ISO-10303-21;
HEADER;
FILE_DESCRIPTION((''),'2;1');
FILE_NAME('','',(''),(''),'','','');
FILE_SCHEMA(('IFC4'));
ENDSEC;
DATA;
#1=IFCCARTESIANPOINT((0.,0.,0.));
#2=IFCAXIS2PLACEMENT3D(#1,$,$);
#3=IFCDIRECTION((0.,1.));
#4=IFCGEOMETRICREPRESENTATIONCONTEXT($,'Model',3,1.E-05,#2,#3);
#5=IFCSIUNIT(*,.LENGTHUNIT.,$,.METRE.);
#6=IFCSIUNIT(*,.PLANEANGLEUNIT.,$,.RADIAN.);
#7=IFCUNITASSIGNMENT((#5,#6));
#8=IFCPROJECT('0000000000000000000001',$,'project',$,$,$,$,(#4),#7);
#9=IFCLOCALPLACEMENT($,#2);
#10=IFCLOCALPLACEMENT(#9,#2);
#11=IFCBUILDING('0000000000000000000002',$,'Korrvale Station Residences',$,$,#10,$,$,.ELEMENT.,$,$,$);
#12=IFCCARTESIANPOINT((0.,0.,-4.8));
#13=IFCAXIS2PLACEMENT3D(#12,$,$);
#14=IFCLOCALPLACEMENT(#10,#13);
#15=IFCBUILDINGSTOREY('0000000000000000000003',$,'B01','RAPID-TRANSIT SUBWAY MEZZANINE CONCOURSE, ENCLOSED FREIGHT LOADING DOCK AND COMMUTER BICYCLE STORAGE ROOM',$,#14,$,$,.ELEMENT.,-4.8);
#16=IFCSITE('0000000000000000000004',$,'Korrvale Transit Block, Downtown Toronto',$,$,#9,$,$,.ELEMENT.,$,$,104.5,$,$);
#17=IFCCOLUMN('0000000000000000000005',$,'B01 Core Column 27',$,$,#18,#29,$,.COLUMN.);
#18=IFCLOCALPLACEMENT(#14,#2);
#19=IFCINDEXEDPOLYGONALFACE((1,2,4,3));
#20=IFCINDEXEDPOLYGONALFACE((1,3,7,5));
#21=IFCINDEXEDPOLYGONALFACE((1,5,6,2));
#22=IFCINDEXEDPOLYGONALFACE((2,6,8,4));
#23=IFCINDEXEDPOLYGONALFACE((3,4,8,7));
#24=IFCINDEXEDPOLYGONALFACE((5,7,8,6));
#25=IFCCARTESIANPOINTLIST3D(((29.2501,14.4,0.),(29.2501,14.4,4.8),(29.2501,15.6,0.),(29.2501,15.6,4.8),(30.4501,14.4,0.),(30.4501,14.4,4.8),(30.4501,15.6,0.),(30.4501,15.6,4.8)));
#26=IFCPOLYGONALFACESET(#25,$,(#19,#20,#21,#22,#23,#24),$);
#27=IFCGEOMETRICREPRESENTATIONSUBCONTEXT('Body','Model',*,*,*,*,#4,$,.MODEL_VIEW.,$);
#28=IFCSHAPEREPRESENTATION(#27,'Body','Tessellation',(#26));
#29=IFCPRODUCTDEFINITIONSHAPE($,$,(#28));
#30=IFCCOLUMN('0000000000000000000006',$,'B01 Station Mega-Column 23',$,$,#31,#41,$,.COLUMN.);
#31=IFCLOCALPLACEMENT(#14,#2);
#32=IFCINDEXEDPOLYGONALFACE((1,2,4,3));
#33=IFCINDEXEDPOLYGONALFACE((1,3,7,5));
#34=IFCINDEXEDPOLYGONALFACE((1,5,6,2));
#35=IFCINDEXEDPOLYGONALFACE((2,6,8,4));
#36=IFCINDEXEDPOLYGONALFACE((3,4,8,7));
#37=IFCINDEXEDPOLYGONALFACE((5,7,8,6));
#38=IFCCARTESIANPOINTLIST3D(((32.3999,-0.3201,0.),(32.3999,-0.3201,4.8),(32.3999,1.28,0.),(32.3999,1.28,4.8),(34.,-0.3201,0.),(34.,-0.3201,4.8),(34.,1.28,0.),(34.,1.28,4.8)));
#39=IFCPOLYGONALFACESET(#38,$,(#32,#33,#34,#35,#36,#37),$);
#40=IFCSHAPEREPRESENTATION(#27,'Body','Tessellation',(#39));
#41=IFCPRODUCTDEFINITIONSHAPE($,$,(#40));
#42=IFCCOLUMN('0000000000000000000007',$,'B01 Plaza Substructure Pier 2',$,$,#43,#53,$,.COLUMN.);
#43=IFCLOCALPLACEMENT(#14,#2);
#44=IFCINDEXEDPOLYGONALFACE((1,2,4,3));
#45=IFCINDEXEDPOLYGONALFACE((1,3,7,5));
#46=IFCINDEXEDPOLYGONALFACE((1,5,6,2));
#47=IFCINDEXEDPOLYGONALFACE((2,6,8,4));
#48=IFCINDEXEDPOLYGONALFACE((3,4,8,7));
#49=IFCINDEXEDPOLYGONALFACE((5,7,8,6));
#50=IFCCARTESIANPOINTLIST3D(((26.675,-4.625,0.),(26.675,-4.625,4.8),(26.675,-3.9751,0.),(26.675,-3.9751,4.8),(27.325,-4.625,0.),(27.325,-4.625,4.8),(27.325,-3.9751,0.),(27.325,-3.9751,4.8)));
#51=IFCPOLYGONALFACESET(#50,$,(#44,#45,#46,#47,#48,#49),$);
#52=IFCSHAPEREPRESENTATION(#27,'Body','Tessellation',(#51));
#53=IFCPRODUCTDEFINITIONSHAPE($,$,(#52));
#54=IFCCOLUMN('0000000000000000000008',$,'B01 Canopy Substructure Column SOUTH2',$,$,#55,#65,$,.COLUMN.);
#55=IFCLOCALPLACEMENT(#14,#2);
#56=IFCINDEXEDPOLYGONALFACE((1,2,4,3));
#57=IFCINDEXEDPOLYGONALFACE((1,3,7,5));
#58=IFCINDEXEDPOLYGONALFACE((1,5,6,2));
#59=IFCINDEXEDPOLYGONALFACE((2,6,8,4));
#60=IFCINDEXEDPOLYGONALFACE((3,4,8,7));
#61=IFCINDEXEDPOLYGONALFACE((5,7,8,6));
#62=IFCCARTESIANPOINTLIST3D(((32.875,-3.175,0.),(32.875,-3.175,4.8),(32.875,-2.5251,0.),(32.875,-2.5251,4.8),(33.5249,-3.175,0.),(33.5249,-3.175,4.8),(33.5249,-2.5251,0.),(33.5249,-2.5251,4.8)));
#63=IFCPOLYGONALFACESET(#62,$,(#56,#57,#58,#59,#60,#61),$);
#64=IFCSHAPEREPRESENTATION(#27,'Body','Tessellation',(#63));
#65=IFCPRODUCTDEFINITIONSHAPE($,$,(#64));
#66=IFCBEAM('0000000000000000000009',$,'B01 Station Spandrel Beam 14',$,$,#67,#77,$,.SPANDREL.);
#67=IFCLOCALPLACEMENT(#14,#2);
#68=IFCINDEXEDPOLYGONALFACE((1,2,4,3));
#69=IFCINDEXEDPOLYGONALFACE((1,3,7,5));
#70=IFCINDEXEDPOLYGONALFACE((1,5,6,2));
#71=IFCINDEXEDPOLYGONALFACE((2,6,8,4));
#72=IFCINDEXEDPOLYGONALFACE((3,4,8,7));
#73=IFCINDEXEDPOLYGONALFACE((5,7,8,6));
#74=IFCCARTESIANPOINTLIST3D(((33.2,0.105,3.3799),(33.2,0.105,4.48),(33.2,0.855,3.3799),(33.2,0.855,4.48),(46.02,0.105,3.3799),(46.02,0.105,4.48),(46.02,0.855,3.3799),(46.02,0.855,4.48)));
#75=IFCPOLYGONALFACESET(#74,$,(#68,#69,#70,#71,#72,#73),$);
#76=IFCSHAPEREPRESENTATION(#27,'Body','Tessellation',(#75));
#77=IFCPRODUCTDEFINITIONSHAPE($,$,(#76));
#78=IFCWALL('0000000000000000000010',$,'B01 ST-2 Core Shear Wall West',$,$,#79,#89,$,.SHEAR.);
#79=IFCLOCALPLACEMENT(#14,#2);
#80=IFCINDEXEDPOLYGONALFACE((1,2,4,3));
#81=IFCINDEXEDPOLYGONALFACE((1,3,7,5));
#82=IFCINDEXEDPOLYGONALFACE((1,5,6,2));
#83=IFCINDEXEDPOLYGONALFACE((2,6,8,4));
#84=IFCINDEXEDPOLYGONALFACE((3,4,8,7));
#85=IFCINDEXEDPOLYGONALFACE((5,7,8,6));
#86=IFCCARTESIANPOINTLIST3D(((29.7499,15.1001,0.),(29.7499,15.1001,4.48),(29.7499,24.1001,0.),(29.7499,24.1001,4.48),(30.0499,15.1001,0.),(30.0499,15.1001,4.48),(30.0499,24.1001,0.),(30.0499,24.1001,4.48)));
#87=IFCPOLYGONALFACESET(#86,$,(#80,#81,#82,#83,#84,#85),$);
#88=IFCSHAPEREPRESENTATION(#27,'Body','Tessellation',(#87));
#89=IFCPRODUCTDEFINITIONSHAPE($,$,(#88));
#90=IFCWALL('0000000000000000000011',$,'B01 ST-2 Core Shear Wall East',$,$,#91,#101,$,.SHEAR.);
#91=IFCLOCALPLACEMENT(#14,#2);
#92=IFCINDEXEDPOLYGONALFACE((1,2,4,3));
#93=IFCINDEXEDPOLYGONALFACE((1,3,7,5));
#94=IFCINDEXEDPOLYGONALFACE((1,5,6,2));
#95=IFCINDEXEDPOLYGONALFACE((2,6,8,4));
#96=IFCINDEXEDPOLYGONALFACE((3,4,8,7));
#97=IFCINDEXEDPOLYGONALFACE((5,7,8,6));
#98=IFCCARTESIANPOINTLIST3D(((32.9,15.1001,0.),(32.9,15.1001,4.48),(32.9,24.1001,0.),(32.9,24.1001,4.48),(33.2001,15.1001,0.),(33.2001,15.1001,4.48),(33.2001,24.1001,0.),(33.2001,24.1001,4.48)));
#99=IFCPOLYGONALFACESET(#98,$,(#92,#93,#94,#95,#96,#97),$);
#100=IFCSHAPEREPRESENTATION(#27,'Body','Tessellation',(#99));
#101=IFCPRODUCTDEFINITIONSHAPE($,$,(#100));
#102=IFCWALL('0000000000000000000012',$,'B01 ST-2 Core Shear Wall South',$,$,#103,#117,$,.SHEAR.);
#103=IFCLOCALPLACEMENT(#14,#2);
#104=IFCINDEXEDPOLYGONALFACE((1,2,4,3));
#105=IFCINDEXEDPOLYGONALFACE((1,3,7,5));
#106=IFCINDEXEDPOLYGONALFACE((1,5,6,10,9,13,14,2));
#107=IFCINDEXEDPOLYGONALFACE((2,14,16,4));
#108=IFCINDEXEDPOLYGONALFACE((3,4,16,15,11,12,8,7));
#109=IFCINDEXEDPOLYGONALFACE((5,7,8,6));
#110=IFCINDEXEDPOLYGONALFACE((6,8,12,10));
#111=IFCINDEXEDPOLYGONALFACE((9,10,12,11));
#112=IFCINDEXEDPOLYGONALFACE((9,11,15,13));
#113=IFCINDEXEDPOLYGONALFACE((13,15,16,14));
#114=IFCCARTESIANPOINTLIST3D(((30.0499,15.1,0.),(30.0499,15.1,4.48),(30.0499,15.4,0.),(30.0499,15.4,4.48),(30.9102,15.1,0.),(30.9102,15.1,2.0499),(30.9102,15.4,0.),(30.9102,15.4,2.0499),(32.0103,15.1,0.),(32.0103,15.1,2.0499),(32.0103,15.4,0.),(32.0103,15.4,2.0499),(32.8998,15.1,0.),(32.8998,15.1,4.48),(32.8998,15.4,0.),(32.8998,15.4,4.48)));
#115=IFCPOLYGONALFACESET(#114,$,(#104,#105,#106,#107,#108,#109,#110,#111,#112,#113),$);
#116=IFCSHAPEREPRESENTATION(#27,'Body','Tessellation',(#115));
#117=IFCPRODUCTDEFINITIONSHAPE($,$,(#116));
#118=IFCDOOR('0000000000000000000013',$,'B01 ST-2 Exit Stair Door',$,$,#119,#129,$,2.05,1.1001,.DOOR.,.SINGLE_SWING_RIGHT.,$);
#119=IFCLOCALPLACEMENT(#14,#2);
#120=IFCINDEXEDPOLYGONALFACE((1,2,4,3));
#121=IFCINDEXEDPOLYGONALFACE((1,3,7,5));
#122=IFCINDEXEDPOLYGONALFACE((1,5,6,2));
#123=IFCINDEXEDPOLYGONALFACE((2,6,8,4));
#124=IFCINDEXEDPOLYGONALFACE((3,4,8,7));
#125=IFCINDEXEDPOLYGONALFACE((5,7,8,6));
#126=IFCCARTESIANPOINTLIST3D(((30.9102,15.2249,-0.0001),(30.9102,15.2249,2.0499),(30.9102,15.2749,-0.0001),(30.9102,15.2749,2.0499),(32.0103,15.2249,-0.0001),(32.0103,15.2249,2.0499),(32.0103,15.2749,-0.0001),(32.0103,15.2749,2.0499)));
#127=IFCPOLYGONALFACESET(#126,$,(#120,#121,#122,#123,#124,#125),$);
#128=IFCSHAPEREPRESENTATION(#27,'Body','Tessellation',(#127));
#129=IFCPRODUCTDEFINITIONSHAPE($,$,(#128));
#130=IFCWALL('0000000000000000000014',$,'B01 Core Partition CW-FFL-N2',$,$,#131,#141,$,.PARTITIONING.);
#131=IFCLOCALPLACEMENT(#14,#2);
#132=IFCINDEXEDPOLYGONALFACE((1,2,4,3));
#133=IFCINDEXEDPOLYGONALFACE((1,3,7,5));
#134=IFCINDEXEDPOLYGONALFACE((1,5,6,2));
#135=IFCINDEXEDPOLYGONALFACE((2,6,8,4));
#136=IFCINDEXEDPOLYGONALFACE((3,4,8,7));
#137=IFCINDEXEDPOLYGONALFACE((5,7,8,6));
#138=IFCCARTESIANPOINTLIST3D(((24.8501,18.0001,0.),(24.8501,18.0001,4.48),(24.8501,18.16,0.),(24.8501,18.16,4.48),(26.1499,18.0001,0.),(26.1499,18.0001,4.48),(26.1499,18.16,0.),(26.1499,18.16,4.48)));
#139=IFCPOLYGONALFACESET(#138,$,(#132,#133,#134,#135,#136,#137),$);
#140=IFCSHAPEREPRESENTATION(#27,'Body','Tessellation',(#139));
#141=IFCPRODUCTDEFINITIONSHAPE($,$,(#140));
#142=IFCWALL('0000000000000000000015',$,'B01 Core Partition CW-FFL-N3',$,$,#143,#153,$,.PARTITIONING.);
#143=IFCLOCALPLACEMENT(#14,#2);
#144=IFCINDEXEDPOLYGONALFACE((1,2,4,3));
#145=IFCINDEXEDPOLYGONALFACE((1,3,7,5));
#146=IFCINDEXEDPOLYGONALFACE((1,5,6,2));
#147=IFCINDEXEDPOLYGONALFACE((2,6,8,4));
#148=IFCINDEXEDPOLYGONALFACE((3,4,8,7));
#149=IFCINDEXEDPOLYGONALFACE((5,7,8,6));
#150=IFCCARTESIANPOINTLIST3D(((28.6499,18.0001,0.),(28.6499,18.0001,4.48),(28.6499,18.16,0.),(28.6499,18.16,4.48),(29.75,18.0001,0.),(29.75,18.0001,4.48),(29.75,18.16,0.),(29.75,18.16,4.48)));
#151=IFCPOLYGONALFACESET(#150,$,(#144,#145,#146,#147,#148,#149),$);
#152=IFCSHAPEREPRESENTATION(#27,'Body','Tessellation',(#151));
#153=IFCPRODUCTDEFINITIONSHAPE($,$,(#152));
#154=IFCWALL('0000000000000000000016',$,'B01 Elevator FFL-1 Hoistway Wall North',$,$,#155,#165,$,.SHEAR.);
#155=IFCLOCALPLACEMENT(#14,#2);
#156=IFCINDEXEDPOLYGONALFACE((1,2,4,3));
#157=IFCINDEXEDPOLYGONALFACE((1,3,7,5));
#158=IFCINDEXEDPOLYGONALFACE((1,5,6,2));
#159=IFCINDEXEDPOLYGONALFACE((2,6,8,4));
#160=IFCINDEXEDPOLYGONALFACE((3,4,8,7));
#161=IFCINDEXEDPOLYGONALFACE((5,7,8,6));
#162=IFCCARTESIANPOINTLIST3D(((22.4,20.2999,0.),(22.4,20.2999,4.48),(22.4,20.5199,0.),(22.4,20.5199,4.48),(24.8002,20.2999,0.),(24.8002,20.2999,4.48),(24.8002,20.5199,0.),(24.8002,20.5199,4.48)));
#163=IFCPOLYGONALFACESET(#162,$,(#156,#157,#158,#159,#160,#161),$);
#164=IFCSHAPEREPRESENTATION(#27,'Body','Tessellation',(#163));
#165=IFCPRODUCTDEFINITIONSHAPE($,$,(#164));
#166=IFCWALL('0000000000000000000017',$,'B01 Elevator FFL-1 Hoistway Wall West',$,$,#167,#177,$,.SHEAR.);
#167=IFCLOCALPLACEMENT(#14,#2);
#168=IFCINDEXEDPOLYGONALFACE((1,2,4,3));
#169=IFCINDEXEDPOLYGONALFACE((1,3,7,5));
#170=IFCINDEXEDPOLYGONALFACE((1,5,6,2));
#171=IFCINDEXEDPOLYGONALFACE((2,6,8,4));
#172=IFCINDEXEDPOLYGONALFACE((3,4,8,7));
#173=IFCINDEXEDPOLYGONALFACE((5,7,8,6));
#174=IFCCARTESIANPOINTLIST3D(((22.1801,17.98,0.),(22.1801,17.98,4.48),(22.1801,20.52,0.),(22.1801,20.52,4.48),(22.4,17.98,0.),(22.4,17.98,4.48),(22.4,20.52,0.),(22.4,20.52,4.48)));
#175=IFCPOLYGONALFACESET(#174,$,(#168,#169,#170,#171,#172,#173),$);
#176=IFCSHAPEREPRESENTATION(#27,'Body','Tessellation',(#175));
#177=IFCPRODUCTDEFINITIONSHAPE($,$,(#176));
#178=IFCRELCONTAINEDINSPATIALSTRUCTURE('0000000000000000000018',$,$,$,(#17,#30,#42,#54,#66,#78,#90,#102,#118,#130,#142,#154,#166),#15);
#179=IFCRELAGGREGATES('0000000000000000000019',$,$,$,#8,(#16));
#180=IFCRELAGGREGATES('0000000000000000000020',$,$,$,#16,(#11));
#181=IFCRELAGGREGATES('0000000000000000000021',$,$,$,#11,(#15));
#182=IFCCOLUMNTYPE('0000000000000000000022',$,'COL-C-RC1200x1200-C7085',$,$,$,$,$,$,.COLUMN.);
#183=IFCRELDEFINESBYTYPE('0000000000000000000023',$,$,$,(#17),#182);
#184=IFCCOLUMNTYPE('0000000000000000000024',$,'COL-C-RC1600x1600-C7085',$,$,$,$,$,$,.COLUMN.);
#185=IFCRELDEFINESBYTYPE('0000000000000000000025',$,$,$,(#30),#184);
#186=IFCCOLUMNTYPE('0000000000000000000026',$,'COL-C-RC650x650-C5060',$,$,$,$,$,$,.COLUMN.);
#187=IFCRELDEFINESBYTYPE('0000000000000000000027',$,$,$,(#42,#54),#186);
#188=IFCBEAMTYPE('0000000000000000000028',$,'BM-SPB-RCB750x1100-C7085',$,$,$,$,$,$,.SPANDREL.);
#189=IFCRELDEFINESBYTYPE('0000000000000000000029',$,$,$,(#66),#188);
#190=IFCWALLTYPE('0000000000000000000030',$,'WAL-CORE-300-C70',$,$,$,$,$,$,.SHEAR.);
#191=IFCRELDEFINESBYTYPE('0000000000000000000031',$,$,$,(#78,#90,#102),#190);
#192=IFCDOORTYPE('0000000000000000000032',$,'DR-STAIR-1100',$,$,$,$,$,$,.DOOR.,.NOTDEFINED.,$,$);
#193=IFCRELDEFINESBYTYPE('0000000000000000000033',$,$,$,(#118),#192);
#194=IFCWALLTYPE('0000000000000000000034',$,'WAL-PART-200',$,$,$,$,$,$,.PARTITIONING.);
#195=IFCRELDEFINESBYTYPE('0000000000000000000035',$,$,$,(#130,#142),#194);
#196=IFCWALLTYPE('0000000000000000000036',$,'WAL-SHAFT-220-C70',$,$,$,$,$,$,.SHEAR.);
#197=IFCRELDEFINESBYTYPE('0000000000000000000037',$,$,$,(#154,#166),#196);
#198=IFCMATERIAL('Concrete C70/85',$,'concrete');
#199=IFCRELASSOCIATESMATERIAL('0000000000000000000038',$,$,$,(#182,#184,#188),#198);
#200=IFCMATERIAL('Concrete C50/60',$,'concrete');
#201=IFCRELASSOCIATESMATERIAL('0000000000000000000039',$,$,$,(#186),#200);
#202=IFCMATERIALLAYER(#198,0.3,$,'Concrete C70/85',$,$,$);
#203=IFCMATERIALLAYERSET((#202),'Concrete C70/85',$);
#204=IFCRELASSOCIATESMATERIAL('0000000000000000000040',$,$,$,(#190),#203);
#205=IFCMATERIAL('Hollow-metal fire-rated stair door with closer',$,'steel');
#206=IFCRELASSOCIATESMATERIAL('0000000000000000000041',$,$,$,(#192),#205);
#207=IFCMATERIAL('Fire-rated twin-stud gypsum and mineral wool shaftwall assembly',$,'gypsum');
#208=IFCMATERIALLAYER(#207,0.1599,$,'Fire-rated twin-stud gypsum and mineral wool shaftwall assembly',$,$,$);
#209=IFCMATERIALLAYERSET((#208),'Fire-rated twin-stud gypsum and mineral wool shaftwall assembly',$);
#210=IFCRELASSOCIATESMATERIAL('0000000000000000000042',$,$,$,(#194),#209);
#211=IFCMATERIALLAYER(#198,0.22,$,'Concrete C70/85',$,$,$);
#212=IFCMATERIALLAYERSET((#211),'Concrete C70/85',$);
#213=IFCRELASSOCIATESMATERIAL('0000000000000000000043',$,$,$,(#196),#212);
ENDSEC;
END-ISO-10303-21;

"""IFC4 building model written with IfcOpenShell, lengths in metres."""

from ifc_helpers import new_model, si_unit, direction, frame, frame_2d, origin, origin_2d, place, context, subcontext, project, spatial, rectangle, extrude, material, layer, layer_set, material_profile, profile_set, type_object, element, fill, save


model = new_model("IFC4")

# Units and contexts
model_context = context("Model", 3, precision=1e-05, world=origin(), true_north=direction((0.0, 1.0)))
body_context = subcontext(model_context, "Body", "Model", "MODEL_VIEW")
ifc_project = project(units=[si_unit("LENGTHUNIT", "METRE"), si_unit("PLANEANGLEUNIT", "RADIAN")], contexts=[model_context])

# Site, building, storey
site_placement = place(None, origin())
site = spatial("IfcSite", under=ifc_project, at=site_placement, Name="Korrvale Transit Block, Downtown Toronto", CompositionType="ELEMENT", RefElevation=104.5)
building_placement = place(site_placement, origin())
building = spatial("IfcBuilding", under=site, at=building_placement, Name="Korrvale Station Residences", CompositionType="ELEMENT")
storey_placement = place(building_placement, frame((0.0, 0.0, -4.8)))
storey = spatial("IfcBuildingStorey", under=building, at=storey_placement, Name="B01", Description="RAPID-TRANSIT SUBWAY MEZZANINE CONCOURSE, ENCLOSED FREIGHT LOADING DOCK AND COMMUTER BICYCLE STORAGE ROOM", CompositionType="ELEMENT", Elevation=-4.8)

# Columns
ifc_material_1 = material(Name="Concrete C70/85", Category="concrete")
ifc_material_profile_1 = material_profile(ifc_material_1, rectangle(XDim=1.2, YDim=1.2, at=origin_2d()), Name="RC1200x1200")
ifc_profile_set_1 = profile_set([ifc_material_profile_1], Name="Concrete C70/85")
column_type_1 = type_object("IfcColumnType", Name="COL-C-RC1200x1200-C7085", PredefinedType="COLUMN", material=ifc_profile_set_1)
column_1_placement = place(storey_placement, frame((29.8501, 15.0, 0.0), z_axis=(0.0, 0.0, 1.0), x_axis=(1.0, 0.0, 0.0)))
element("IfcColumn", 1, at=column_1_placement, inside=storey, type_object=column_type_1, Name="B01 Core Column 27", PredefinedType="COLUMN", context=body_context, shape_type="SweptSolid", body=[
    extrude(rectangle(XDim=1.2, YDim=1.2, at=origin_2d()), origin(), (0.0, 0.0, 1.0), 4.8),
])
ifc_material_profile_2 = material_profile(ifc_material_1, rectangle(XDim=1.6001, YDim=1.6001, at=origin_2d()), Name="RC1600x1600")
ifc_profile_set_2 = profile_set([ifc_material_profile_2], Name="Concrete C70/85")
column_type_2 = type_object("IfcColumnType", Name="COL-C-RC1600x1600-C7085", PredefinedType="COLUMN", material=ifc_profile_set_2)
column_2_placement = place(storey_placement, frame((33.2, 0.48, 0.0), z_axis=(0.0, 0.0, 1.0), x_axis=(1.0, 0.0, 0.0)))
element("IfcColumn", 2, at=column_2_placement, inside=storey, type_object=column_type_2, Name="B01 Station Mega-Column 23", PredefinedType="COLUMN", context=body_context, shape_type="SweptSolid", body=[
    extrude(rectangle(XDim=1.6001, YDim=1.6001, at=origin_2d()), origin(), (0.0, 0.0, 1.0), 4.8),
])
ifc_material_2 = material(Name="Concrete C50/60", Category="concrete")
ifc_material_profile_3 = material_profile(ifc_material_2, rectangle(XDim=0.6499, YDim=0.6499, at=origin_2d()), Name="RC650x650")
ifc_profile_set_3 = profile_set([ifc_material_profile_3], Name="Concrete C50/60")
column_type_3 = type_object("IfcColumnType", Name="COL-C-RC650x650-C5060", PredefinedType="COLUMN", material=ifc_profile_set_3)
for number, where, z_axis, x_axis, name in (
    (3, (27.0, -4.3, 0.0), (0.0, 0.0, 1.0), (1.0, 0.0, 0.0), "B01 Plaza Substructure Pier 2"),
    (4, (33.2, -2.8501, 0.0), (0.0, 0.0, 1.0), (1.0, 0.0, 0.0), "B01 Canopy Substructure Column SOUTH2"),
):
    element("IfcColumn", number, at=place(storey_placement, frame(where, z_axis=z_axis, x_axis=x_axis)), inside=storey, type_object=column_type_3, Name=name, PredefinedType="COLUMN", context=body_context, shape_type="SweptSolid", body=[
        extrude(rectangle(XDim=0.6499, YDim=0.6499, at=origin_2d()), origin(), (0.0, 0.0, 1.0), 4.8),
    ])

# Beam
ifc_material_profile_4 = material_profile(ifc_material_1, rectangle(XDim=0.75, YDim=1.1001, at=origin_2d()), Name="RCB750x1100")
ifc_profile_set_4 = profile_set([ifc_material_profile_4], Name="Concrete C70/85")
beam_type = type_object("IfcBeamType", Name="BM-SPB-RCB750x1100-C7085", PredefinedType="SPANDREL", material=ifc_profile_set_4)
beam_placement = place(storey_placement, frame((33.2, 0.48, 3.9299), z_axis=(1.0, 0.0, 0.0), x_axis=(0.0, 1.0, 0.0)))
element("IfcBeam", 5, at=beam_placement, inside=storey, type_object=beam_type, Name="B01 Station Spandrel Beam 14", PredefinedType="SPANDREL", context=body_context, shape_type="SweptSolid", body=[
    extrude(rectangle(XDim=0.75, YDim=1.1001, at=origin_2d()), origin(), (0.0, 0.0, 1.0), 12.8201),
])

# Walls
ifc_layer_1 = layer(ifc_material_1, 0.3, Name="Concrete C70/85")
ifc_layer_set_1 = layer_set([ifc_layer_1], Name="Concrete C70/85")
wall_type_1 = type_object("IfcWallType", Name="WAL-CORE-300-C70", PredefinedType="SHEAR", material=ifc_layer_set_1)
for number, where, z_axis, x_axis, name in (
    (6, (29.8999, 15.1001, 0.0), (0.0, 0.0, 1.0), (0.0, 1.0, 0.0), "B01 ST-2 Core Shear Wall West"),
    (7, (33.05, 15.1001, 0.0), (0.0, 0.0, 1.0), (0.0, 1.0, 0.0), "B01 ST-2 Core Shear Wall East"),
):
    element("IfcWall", number, at=place(storey_placement, frame(where, z_axis=z_axis, x_axis=x_axis)), inside=storey, type_object=wall_type_1, Name=name, PredefinedType="SHEAR", context=body_context, shape_type="SweptSolid", body=[
        extrude(rectangle(XDim=9.0, YDim=0.3, at=frame_2d((4.5, 0.0))), origin(), (0.0, 0.0, 1.0), 4.48),
    ])

# Wall, opening, door
wall_1_placement = place(storey_placement, frame((30.05, 15.25, 0.0), z_axis=(0.0, 0.0, 1.0), x_axis=(1.0, 0.0, 0.0)))
wall_1 = element("IfcWall", 8, at=wall_1_placement, inside=storey, type_object=wall_type_1, Name="B01 ST-2 Core Shear Wall South", PredefinedType="SHEAR", context=body_context, shape_type="SweptSolid", body=[
    extrude(rectangle(XDim=2.8499, YDim=0.3, at=frame_2d((1.4248, 0.0))), origin(), (0.0, 0.0, 1.0), 4.48),
])
opening_1_placement = place(wall_1_placement, frame((0.8601, 0.0, 0.0)))
opening_1 = element("IfcOpeningElement", 9, at=opening_1_placement, cuts=wall_1, PredefinedType="OPENING", context=body_context, shape_type="SweptSolid", body=[
    extrude(rectangle(XDim=1.1001, YDim=2.05, at=frame_2d((0.55, 1.0249))), frame((0.0, 0.1602, 0.0), z_axis=(0.0, -1.0, 0.0), x_axis=(1.0, 0.0, 0.0)), (0.0, 0.0, 1.0), 0.3201),
])
ifc_material_3 = material(Name="Hollow-metal fire-rated stair door with closer", Category="steel")
door_type_1 = type_object("IfcDoorType", Name="DR-STAIR-1100", OperationType="NOTDEFINED", PredefinedType="DOOR", material=ifc_material_3)
door_1_placement = place(opening_1_placement, origin())
door_1 = element("IfcDoor", 10, at=door_1_placement, inside=storey, type_object=door_type_1, Name="B01 ST-2 Exit Stair Door", OperationType="SINGLE_SWING_RIGHT", OverallHeight=2.05, OverallWidth=1.1001, PredefinedType="DOOR", context=body_context, shape_type="SweptSolid", body=[
    extrude(rectangle(XDim=1.1001, YDim=2.05, at=frame_2d((0.55, 1.0249))), frame((0.0, 0.0249, 0.0), z_axis=(0.0, -1.0, 0.0), x_axis=(1.0, 0.0, 0.0)), (0.0, 0.0, 1.0), 0.05),
])
fill(opening_1, door_1)

# Walls
ifc_material_4 = material(Name="Fire-rated twin-stud gypsum and mineral wool shaftwall assembly", Category="gypsum")
ifc_layer_2 = layer(ifc_material_4, 0.1599, Name="Fire-rated twin-stud gypsum and mineral wool shaftwall assembly")
ifc_layer_set_2 = layer_set([ifc_layer_2], Name="Fire-rated twin-stud gypsum and mineral wool shaftwall assembly")
wall_type_2 = type_object("IfcWallType", Name="WAL-PART-200", PredefinedType="PARTITIONING", material=ifc_layer_set_2)
wall_2_placement = place(storey_placement, frame((24.8501, 18.0801, 0.0), z_axis=(0.0, 0.0, 1.0), x_axis=(1.0, 0.0, 0.0)))
element("IfcWall", 11, at=wall_2_placement, inside=storey, type_object=wall_type_2, Name="B01 Core Partition CW-FFL-N2", PredefinedType="PARTITIONING", context=body_context, shape_type="SweptSolid", body=[
    extrude(rectangle(XDim=1.2998, YDim=0.1599, at=frame_2d((0.6499, 0.0))), origin(), (0.0, 0.0, 1.0), 4.48),
])
wall_3_placement = place(storey_placement, frame((28.6499, 18.0801, 0.0), z_axis=(0.0, 0.0, 1.0), x_axis=(1.0, 0.0, 0.0)))
element("IfcWall", 12, at=wall_3_placement, inside=storey, type_object=wall_type_2, Name="B01 Core Partition CW-FFL-N3", PredefinedType="PARTITIONING", context=body_context, shape_type="SweptSolid", body=[
    extrude(rectangle(XDim=1.1001, YDim=0.1599, at=frame_2d((0.55, 0.0))), origin(), (0.0, 0.0, 1.0), 4.48),
])

# Shared definitions
ifc_layer_3 = layer(ifc_material_1, 0.22, Name="Concrete C70/85")
ifc_layer_set_3 = layer_set([ifc_layer_3], Name="Concrete C70/85")
wall_type_3 = type_object("IfcWallType", Name="WAL-SHAFT-220-C70", PredefinedType="SHEAR", material=ifc_layer_set_3)

# Walls
wall_4_placement = place(storey_placement, frame((22.3999, 20.4099, 0.0), z_axis=(0.0, 0.0, 1.0), x_axis=(1.0, 0.0, 0.0)))
element("IfcWall", 13, at=wall_4_placement, inside=storey, type_object=wall_type_3, Name="B01 Elevator FFL-1 Hoistway Wall North", PredefinedType="SHEAR", context=body_context, shape_type="SweptSolid", body=[
    extrude(rectangle(XDim=2.4001, YDim=0.22, at=frame_2d((1.2002, 0.0))), origin(), (0.0, 0.0, 1.0), 4.48),
])
for number, where, z_axis, x_axis, name in (
    (14, (22.29, 17.98, 0.0), (0.0, 0.0, 1.0), (0.0, 1.0, 0.0), "B01 Elevator FFL-1 Hoistway Wall West"),
):
    element("IfcWall", number, at=place(storey_placement, frame(where, z_axis=z_axis, x_axis=x_axis)), inside=storey, type_object=wall_type_3, Name=name, PredefinedType="SHEAR", context=body_context, shape_type="SweptSolid", body=[
        extrude(rectangle(XDim=2.54, YDim=0.22, at=frame_2d((1.27, 0.0))), origin(), (0.0, 0.0, 1.0), 4.48),
    ])

save(model, "model.ifc")
